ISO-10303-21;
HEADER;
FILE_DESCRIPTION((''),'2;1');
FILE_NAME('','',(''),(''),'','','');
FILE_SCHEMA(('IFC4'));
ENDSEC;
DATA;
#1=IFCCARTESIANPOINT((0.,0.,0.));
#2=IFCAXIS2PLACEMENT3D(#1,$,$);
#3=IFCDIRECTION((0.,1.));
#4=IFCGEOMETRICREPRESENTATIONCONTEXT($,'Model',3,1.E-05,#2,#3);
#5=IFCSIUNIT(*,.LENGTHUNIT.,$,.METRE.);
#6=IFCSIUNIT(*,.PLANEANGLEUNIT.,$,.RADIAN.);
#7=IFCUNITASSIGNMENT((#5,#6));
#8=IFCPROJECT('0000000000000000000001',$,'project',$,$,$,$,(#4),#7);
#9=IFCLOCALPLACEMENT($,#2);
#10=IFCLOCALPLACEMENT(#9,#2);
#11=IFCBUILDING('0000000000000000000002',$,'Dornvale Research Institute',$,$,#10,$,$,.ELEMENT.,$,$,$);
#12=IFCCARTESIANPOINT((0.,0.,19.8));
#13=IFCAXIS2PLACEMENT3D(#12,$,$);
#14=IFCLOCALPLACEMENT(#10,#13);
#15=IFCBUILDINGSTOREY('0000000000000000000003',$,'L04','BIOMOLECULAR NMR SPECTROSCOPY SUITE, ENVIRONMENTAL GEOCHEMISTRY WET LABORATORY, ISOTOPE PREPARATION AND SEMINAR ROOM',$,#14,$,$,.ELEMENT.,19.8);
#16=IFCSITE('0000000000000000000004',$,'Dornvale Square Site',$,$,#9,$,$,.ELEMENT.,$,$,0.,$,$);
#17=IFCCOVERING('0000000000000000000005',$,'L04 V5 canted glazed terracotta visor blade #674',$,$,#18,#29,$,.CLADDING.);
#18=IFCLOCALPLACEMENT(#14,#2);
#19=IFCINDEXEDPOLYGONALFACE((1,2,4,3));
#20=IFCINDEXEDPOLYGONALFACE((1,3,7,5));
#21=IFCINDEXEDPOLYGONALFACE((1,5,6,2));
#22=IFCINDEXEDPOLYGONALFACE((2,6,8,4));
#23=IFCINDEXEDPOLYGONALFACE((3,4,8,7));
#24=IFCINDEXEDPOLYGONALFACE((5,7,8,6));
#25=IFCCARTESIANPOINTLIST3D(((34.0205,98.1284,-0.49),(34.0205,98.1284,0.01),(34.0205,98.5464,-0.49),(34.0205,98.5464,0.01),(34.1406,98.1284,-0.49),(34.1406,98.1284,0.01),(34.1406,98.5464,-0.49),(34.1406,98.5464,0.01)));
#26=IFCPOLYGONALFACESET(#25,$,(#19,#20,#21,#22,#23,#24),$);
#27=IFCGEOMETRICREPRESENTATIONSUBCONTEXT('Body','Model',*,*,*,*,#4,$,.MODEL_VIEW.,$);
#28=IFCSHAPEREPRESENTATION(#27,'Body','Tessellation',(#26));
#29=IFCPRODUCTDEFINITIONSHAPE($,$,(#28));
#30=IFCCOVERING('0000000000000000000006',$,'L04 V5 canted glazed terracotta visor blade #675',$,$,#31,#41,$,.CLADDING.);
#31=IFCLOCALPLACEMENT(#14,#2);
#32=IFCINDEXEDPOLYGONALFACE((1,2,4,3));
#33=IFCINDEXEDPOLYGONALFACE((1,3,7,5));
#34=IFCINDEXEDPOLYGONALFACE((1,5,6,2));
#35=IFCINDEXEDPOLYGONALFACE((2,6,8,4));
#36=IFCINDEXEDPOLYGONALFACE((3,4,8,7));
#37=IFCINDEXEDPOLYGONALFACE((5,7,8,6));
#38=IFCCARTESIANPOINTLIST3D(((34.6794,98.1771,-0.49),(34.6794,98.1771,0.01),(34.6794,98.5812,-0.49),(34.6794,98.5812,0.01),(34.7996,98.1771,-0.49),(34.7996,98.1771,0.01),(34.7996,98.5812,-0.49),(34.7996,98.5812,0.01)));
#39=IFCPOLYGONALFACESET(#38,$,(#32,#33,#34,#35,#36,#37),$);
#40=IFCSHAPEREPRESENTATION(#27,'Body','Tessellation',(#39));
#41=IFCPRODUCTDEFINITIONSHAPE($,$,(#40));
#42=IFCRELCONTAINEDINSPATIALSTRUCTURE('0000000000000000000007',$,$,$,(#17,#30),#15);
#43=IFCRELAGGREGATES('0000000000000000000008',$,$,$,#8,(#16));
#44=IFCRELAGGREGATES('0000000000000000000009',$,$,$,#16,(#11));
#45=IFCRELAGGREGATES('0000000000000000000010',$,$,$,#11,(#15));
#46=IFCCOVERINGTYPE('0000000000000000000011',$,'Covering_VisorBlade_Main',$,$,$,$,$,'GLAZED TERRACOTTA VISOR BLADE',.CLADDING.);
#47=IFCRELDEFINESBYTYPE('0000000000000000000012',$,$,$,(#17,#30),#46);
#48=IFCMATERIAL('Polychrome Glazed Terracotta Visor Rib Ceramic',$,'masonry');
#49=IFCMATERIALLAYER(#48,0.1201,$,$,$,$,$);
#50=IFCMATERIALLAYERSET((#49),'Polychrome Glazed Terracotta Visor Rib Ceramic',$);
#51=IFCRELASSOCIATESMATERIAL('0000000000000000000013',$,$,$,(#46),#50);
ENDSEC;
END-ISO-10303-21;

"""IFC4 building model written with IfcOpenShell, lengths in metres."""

from ifc_helpers import new_model, si_unit, direction, frame, origin, origin_2d, place, context, subcontext, project, spatial, rectangle, extrude, material, layer, layer_set, type_object, element, save


model = new_model("IFC4")

# Units and contexts
model_context = context("Model", 3, precision=1e-05, world=origin(), true_north=direction((0.0, 1.0)))
body_context = subcontext(model_context, "Body", "Model", "MODEL_VIEW")
ifc_project = project(units=[si_unit("LENGTHUNIT", "METRE"), si_unit("PLANEANGLEUNIT", "RADIAN")], contexts=[model_context])

# Site, building, storey
site_placement = place(None, origin())
site = spatial("IfcSite", under=ifc_project, at=site_placement, Name="Dornvale Square Site", CompositionType="ELEMENT", RefElevation=0.0)
building_placement = place(site_placement, origin())
building = spatial("IfcBuilding", under=site, at=building_placement, Name="Dornvale Research Institute", CompositionType="ELEMENT")
storey_placement = place(building_placement, frame((0.0, 0.0, 19.8)))
storey = spatial("IfcBuildingStorey", under=building, at=storey_placement, Name="L04", Description="BIOMOLECULAR NMR SPECTROSCOPY SUITE, ENVIRONMENTAL GEOCHEMISTRY WET LABORATORY, ISOTOPE PREPARATION AND SEMINAR ROOM", CompositionType="ELEMENT", Elevation=19.8)

# Coverings
ifc_material_1 = material(Name="Polychrome Glazed Terracotta Visor Rib Ceramic", Category="masonry")
ifc_layer_1 = layer(ifc_material_1, 0.1201)
ifc_layer_set_1 = layer_set([ifc_layer_1], Name="Polychrome Glazed Terracotta Visor Rib Ceramic")
covering_type = type_object("IfcCoveringType", Name="Covering_VisorBlade_Main", ElementType="GLAZED TERRACOTTA VISOR BLADE", PredefinedType="CLADDING", material=ifc_layer_set_1)
covering_1_placement = place(storey_placement, frame((34.0806, 98.3374, -0.49), z_axis=(0.0, 0.0, 1.0), x_axis=(0.0, 1.0, 0.0)))
element("IfcCovering", 1, at=covering_1_placement, inside=storey, type_object=covering_type, Name="L04 V5 canted glazed terracotta visor blade #674", PredefinedType="CLADDING", context=body_context, shape_type="SweptSolid", body=[
    extrude(rectangle(XDim=0.418, YDim=0.1201, at=origin_2d()), origin(), (0.0, 0.0, 1.0), 0.5),
])
covering_2_placement = place(storey_placement, frame((34.7395, 98.3792, -0.49), z_axis=(0.0, 0.0, 1.0), x_axis=(0.0, 1.0, 0.0)))
element("IfcCovering", 2, at=covering_2_placement, inside=storey, type_object=covering_type, Name="L04 V5 canted glazed terracotta visor blade #675", PredefinedType="CLADDING", context=body_context, shape_type="SweptSolid", body=[
    extrude(rectangle(XDim=0.4041, YDim=0.1201, at=origin_2d()), origin(), (0.0, 0.0, 1.0), 0.5),
])

save(model, "model.ifc")
